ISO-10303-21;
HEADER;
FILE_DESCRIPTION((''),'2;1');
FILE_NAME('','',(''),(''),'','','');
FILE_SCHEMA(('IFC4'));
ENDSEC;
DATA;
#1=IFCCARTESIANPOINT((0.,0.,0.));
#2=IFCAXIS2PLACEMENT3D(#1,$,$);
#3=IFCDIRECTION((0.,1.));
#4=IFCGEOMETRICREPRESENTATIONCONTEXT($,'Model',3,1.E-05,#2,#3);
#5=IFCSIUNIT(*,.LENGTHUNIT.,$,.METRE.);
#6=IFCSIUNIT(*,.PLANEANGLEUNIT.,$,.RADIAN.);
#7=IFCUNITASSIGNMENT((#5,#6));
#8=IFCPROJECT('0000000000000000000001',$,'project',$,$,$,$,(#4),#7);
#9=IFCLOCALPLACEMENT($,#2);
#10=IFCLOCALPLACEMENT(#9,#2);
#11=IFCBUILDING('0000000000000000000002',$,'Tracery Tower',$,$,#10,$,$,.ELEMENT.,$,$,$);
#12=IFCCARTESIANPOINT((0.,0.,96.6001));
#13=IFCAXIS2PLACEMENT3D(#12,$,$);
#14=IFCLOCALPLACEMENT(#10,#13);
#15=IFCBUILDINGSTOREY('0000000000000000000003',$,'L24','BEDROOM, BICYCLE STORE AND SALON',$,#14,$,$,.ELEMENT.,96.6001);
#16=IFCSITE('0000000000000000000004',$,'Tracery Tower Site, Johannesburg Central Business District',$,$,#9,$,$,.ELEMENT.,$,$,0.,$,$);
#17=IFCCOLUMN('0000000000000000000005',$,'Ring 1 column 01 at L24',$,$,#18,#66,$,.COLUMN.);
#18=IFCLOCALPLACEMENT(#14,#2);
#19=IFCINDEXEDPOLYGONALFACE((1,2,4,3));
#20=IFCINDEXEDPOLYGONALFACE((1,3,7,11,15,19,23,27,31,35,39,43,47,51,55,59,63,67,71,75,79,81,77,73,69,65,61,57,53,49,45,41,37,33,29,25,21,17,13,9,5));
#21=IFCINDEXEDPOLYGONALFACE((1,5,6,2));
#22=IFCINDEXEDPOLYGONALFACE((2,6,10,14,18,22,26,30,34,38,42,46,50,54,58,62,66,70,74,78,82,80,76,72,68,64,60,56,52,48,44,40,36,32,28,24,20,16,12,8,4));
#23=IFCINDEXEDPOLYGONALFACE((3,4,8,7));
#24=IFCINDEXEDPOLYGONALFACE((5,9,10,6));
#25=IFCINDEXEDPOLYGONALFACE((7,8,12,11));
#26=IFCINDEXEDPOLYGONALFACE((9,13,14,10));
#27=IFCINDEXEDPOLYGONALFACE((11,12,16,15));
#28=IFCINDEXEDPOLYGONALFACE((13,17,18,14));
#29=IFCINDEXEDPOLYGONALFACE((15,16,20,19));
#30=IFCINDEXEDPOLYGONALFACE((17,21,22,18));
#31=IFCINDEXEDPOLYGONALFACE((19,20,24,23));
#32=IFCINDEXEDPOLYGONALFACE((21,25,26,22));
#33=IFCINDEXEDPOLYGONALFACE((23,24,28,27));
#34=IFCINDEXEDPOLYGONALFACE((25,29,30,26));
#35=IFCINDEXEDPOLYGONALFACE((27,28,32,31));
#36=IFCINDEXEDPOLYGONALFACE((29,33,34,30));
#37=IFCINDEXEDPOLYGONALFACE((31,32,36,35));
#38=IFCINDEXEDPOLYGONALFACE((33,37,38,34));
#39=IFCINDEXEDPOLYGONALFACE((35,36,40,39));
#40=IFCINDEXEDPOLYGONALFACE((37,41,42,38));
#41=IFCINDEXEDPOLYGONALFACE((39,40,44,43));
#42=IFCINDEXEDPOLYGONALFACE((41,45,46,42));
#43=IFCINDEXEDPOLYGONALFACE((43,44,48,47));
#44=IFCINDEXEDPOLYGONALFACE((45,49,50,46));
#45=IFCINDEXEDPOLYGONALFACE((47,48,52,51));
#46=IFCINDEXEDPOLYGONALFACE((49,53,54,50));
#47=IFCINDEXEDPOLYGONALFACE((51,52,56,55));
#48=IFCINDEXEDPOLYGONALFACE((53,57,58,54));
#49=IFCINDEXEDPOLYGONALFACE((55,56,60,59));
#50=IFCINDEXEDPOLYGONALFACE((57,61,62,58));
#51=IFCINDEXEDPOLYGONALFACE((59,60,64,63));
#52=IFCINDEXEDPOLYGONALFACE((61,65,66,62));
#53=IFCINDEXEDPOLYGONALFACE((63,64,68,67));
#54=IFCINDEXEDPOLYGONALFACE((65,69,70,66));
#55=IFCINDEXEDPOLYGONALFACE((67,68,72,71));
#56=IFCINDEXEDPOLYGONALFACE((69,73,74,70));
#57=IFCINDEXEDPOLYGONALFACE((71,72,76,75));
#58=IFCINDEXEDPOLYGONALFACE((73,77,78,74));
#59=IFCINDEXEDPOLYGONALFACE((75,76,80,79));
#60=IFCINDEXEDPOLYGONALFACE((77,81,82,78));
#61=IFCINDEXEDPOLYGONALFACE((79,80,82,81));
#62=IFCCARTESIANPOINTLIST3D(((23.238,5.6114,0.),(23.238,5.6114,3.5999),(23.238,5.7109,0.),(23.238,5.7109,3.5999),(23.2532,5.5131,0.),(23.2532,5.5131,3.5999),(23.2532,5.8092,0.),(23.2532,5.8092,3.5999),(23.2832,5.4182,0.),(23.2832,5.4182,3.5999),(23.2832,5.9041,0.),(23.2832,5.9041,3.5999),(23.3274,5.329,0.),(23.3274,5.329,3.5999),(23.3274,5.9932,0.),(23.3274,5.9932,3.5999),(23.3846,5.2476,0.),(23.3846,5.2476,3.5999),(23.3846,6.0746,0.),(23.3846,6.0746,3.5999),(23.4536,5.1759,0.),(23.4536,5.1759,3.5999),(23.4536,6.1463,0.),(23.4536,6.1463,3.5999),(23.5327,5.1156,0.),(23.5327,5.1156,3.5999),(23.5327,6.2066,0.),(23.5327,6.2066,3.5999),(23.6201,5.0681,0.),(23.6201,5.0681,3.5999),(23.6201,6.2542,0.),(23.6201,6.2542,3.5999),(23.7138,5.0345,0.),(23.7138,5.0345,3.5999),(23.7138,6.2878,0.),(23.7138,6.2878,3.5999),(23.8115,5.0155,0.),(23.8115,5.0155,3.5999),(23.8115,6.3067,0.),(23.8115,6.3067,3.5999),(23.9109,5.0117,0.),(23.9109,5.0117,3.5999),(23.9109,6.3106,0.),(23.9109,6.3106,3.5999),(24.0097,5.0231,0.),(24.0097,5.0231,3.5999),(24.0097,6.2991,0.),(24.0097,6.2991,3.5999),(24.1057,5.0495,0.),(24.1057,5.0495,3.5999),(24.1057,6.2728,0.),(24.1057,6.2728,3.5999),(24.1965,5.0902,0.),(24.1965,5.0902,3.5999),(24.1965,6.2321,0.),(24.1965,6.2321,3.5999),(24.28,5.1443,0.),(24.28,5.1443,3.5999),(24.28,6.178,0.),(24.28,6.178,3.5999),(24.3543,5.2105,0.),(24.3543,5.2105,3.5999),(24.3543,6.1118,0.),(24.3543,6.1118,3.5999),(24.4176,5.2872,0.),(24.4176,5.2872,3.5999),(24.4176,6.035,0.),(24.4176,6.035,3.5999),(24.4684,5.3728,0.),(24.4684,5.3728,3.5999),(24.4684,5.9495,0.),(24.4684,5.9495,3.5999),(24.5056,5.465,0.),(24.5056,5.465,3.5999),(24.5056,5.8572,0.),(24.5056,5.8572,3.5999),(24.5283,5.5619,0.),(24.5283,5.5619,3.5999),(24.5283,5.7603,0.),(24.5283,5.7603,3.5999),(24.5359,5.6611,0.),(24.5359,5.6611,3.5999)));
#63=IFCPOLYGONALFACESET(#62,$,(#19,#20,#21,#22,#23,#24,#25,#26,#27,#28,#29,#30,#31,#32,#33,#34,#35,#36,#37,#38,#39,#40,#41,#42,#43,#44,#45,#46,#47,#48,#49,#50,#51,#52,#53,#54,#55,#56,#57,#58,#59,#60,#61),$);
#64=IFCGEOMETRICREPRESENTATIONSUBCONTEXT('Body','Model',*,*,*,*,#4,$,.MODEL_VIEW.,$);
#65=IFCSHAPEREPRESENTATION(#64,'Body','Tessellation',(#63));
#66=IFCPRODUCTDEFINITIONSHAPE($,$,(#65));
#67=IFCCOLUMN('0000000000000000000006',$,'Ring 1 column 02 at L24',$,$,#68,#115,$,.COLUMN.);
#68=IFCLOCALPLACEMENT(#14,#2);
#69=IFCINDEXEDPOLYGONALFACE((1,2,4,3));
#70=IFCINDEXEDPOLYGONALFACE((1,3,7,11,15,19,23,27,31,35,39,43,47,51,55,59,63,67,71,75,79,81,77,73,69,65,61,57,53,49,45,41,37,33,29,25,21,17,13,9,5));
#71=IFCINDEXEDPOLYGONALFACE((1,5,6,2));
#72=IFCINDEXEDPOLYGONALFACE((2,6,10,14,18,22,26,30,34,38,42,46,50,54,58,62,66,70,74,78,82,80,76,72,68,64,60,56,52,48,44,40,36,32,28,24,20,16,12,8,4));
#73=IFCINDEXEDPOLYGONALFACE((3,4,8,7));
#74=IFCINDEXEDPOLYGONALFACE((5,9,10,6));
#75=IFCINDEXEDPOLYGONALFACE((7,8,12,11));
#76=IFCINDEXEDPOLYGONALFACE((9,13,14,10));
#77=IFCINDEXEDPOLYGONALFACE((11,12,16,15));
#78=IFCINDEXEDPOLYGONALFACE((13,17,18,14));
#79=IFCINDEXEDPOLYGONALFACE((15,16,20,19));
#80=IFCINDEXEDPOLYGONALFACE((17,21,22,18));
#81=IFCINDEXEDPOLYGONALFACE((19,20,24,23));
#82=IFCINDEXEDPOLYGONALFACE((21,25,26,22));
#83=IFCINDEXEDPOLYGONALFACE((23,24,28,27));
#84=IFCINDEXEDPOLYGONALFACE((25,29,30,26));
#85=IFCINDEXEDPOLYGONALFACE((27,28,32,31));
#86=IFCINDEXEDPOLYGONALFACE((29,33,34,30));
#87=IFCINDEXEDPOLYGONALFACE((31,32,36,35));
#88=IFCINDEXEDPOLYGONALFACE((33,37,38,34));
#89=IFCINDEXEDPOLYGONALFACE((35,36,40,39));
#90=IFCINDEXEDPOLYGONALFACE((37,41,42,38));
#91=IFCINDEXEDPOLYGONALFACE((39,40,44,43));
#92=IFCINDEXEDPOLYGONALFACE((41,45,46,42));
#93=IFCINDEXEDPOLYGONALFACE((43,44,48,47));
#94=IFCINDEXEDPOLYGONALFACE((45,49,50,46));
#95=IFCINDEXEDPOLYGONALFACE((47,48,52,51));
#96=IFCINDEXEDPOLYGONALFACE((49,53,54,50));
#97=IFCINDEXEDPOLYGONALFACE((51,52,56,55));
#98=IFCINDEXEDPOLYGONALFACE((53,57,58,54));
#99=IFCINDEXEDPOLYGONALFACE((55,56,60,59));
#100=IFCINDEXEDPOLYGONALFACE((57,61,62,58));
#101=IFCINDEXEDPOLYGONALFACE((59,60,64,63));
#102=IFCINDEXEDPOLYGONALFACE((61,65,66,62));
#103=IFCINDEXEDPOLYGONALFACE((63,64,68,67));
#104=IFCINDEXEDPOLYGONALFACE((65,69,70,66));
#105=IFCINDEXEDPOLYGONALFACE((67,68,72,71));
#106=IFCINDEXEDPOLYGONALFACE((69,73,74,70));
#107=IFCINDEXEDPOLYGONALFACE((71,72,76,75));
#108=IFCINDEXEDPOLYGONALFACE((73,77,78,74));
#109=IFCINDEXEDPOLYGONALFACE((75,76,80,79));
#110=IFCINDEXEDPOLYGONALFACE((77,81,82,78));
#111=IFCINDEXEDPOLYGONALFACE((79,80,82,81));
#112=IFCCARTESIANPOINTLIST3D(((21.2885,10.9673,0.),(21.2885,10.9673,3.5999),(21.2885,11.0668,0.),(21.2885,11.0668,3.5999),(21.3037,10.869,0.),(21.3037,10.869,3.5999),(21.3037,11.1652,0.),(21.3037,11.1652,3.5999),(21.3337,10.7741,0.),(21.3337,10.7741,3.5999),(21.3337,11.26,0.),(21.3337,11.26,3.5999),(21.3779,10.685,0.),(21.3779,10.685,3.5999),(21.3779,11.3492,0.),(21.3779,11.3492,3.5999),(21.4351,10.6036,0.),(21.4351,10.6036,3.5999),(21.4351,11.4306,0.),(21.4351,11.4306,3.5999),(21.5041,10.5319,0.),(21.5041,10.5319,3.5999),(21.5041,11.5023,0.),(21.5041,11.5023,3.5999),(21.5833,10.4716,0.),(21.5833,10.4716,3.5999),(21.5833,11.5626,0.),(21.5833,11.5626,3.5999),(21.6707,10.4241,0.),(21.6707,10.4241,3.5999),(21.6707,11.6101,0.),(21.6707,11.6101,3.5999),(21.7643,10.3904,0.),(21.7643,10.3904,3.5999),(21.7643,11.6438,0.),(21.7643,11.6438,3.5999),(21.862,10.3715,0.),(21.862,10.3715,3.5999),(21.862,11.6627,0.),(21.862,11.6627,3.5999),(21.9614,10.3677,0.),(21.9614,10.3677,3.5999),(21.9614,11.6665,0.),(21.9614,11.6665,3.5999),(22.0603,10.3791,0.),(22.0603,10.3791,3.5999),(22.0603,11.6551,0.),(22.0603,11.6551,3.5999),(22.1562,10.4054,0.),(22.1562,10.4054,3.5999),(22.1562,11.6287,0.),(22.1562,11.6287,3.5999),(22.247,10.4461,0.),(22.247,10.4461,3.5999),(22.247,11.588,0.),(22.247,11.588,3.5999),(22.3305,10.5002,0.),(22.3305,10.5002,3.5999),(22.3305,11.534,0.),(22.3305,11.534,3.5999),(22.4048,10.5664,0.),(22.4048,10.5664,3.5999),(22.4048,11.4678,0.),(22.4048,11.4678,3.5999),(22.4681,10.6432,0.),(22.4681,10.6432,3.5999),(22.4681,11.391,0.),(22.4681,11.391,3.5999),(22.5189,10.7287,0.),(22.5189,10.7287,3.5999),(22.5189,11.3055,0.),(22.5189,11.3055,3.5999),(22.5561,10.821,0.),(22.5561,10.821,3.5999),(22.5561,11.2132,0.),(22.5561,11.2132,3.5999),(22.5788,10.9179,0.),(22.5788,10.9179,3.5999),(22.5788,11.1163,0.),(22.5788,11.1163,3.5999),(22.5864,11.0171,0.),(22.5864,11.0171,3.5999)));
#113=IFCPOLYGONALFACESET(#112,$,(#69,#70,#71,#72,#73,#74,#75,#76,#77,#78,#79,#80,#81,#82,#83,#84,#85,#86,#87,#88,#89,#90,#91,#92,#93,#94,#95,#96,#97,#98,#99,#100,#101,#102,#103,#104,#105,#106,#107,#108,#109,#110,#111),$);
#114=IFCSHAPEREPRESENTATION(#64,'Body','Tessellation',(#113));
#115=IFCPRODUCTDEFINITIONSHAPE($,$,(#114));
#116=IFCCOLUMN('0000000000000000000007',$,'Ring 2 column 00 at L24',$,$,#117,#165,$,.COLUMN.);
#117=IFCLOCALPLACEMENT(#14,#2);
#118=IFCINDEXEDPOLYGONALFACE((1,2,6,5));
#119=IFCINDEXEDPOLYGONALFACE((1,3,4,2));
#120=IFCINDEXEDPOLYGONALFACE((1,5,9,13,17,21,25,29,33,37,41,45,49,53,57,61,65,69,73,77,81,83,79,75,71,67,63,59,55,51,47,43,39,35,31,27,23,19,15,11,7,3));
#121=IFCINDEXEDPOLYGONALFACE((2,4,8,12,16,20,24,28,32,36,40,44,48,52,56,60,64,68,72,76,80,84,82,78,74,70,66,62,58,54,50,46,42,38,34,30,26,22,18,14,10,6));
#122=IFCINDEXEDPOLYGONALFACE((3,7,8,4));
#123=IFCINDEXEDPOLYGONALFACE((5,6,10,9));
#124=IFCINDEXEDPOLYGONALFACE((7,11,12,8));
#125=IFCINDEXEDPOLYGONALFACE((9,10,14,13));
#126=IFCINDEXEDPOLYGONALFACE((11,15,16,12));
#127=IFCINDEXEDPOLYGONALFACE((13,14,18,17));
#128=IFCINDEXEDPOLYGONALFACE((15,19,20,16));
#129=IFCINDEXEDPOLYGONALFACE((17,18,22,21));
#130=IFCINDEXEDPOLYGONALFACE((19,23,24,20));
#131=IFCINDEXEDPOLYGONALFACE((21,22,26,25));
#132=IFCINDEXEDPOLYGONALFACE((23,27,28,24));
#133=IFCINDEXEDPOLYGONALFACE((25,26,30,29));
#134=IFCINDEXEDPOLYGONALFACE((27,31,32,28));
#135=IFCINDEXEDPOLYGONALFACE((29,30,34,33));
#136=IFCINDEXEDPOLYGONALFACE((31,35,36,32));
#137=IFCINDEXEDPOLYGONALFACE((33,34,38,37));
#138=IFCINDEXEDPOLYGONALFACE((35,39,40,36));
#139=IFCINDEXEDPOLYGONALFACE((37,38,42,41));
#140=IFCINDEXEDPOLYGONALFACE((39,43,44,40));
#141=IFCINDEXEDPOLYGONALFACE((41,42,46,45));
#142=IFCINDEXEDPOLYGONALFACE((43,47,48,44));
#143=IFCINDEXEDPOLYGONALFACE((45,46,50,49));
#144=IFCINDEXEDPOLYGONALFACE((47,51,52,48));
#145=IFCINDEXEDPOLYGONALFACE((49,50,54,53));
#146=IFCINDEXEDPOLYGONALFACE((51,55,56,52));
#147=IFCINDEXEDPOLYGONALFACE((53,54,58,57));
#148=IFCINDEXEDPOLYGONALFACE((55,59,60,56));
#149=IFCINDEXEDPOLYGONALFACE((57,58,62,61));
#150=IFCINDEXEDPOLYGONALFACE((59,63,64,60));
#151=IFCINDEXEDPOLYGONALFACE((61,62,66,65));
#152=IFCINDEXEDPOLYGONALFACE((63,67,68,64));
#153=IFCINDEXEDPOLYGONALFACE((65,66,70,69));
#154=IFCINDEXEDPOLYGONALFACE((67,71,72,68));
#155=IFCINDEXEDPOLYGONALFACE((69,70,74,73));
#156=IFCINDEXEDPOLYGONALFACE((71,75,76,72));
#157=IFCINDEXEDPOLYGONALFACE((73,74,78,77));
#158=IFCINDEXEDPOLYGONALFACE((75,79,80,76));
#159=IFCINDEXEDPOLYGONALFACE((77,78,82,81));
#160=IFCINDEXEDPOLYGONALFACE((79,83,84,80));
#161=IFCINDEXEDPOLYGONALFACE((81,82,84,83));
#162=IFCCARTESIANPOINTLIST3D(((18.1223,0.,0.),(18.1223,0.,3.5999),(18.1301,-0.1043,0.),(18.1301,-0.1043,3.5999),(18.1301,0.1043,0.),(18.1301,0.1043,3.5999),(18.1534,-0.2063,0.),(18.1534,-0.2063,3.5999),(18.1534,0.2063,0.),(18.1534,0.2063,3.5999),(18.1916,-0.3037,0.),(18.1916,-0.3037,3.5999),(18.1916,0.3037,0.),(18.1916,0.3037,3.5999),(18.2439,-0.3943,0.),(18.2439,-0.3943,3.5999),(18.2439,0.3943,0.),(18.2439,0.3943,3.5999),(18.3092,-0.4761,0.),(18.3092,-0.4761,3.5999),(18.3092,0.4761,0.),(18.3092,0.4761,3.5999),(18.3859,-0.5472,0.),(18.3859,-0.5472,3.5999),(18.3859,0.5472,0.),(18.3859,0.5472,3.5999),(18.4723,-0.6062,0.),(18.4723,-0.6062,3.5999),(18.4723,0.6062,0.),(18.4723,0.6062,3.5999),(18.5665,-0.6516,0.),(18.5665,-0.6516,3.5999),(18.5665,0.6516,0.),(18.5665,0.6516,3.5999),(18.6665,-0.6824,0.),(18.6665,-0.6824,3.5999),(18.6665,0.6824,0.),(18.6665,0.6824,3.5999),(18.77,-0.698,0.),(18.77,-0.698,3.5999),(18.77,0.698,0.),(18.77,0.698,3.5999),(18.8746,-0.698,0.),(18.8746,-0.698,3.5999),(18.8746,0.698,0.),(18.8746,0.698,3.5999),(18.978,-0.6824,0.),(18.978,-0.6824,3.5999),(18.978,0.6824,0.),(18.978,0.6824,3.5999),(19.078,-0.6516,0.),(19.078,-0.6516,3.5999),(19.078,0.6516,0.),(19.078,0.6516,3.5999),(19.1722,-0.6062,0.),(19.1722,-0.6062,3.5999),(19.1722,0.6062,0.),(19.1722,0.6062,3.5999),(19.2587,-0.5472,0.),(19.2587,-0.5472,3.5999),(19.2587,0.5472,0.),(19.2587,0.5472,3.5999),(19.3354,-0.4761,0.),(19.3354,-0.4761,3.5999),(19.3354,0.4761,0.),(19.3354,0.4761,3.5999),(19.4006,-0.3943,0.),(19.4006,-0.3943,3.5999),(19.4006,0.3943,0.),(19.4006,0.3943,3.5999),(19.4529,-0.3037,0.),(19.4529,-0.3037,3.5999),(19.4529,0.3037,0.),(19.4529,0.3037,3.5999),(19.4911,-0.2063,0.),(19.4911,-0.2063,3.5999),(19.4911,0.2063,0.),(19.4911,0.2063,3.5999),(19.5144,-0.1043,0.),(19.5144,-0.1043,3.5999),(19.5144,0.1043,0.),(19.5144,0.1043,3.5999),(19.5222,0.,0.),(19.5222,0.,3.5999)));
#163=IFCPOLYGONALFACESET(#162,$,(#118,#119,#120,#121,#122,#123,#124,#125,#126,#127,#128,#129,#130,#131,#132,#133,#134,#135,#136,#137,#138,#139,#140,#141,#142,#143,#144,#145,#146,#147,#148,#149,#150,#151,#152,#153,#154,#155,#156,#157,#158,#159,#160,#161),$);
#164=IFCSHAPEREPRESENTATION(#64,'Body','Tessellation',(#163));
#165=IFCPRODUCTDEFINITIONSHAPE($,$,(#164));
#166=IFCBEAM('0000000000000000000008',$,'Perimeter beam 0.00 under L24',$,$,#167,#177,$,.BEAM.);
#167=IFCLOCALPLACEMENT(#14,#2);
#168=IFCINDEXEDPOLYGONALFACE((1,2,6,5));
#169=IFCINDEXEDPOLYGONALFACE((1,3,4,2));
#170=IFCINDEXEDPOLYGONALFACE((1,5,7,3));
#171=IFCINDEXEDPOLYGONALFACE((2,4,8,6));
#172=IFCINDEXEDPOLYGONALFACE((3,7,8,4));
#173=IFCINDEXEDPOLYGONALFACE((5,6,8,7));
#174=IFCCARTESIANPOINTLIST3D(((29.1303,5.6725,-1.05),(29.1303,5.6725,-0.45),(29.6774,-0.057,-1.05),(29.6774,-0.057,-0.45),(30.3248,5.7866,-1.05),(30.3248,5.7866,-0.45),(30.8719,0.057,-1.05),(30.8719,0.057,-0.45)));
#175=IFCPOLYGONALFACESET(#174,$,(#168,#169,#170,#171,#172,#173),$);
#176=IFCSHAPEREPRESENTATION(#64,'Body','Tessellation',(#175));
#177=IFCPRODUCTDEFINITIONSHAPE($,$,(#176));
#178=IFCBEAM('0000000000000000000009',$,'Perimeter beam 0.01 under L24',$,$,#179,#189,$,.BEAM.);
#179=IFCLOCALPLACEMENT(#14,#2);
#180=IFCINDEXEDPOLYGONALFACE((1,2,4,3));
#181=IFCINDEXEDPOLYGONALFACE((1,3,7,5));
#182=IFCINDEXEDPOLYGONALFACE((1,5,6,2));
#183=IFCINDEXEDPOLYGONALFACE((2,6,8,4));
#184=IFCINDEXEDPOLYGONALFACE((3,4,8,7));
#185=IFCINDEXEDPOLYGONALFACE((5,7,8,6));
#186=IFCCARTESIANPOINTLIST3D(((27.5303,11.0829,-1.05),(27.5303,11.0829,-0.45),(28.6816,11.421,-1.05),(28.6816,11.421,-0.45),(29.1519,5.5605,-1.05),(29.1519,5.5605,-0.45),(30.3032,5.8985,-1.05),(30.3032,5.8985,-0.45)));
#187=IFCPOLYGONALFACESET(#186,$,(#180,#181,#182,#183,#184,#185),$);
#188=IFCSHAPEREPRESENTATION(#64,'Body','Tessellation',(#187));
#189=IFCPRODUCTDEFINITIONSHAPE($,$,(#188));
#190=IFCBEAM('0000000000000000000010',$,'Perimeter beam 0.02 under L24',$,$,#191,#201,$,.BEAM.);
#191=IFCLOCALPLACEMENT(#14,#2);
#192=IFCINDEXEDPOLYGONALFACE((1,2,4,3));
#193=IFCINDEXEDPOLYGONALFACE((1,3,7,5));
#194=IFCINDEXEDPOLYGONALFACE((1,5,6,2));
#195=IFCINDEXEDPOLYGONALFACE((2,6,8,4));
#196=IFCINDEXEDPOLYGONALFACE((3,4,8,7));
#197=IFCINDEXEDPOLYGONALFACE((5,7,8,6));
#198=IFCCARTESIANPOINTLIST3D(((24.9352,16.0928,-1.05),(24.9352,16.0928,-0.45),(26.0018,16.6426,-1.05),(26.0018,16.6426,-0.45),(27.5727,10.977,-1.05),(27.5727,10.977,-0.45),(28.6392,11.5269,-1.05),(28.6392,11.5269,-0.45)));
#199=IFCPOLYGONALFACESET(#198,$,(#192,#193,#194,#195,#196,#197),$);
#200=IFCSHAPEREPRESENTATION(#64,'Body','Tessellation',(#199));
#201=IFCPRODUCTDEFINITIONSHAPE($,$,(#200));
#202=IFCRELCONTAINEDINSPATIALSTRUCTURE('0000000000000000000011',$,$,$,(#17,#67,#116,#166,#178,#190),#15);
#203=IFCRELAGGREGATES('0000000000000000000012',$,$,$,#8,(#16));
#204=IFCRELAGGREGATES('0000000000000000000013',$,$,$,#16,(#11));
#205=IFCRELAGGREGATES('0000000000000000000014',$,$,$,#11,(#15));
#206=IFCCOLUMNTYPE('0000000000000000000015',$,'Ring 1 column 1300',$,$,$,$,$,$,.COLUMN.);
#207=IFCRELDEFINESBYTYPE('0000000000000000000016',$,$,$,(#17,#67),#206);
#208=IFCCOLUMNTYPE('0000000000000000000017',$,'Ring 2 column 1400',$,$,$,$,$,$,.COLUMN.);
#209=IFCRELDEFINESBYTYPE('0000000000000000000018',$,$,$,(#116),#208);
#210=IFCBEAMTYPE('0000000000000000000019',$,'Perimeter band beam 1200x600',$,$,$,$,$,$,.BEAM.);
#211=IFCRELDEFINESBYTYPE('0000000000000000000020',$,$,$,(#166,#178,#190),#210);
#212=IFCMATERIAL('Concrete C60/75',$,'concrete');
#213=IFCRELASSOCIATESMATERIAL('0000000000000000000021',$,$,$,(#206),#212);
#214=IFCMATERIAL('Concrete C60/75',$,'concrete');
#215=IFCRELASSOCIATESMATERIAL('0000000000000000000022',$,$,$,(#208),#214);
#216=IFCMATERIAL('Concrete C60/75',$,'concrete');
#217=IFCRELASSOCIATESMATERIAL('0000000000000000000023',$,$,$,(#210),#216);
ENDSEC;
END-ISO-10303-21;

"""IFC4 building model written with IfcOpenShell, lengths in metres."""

from ifc_helpers import new_model, si_unit, direction, frame, origin, origin_2d, place, context, subcontext, project, spatial, rectangle, circle, extrude, material, material_profile, profile_set, type_object, element, save


model = new_model("IFC4")

# Units and contexts
model_context = context("Model", 3, precision=1e-05, world=origin(), true_north=direction((0.0, 1.0)))
body_context = subcontext(model_context, "Body", "Model", "MODEL_VIEW")
ifc_project = project(units=[si_unit("LENGTHUNIT", "METRE"), si_unit("PLANEANGLEUNIT", "RADIAN")], contexts=[model_context])

# Site, building, storey
site_placement = place(None, origin())
site = spatial("IfcSite", under=ifc_project, at=site_placement, Name="Tracery Tower Site, Johannesburg Central Business District", CompositionType="ELEMENT", RefElevation=0.0)
building_placement = place(site_placement, origin())
building = spatial("IfcBuilding", under=site, at=building_placement, Name="Tracery Tower", CompositionType="ELEMENT")
storey_placement = place(building_placement, frame((0.0, 0.0, 96.6001)))
storey = spatial("IfcBuildingStorey", under=building, at=storey_placement, Name="L24", Description="BEDROOM, BICYCLE STORE AND SALON", CompositionType="ELEMENT", Elevation=96.6001)

# Columns
ifc_material_1 = material(Name="Concrete C60/75", Category="concrete")
ifc_material_profile_1 = material_profile(ifc_material_1, circle(Radius=0.6499, at=origin_2d()), Name="RC D1300")
ifc_profile_set_1 = profile_set([ifc_material_profile_1], Name="Concrete C60/75")
column_type_1 = type_object("IfcColumnType", Name="Ring 1 column 1300", PredefinedType="COLUMN", material=ifc_profile_set_1)
for number, where, z_axis, x_axis, name in (
    (1, (23.886, 5.6611, 0.0), (0.0, 0.0, 1.0), (1.0, 0.0, 0.0), "Ring 1 column 01 at L24"),
    (2, (21.9365, 11.0171, 0.0), (0.0, 0.0, 1.0), (1.0, 0.0, 0.0), "Ring 1 column 02 at L24"),
):
    element("IfcColumn", number, at=place(storey_placement, frame(where, z_axis=z_axis, x_axis=x_axis)), inside=storey, type_object=column_type_1, Name=name, PredefinedType="COLUMN", context=body_context, shape_type="SweptSolid", body=[
        extrude(circle(Radius=0.6499, at=origin_2d()), origin(), (0.0, 0.0, 1.0), 3.5999),
    ])
ifc_material_2 = material(Name="Concrete C60/75", Category="concrete")
ifc_material_profile_2 = material_profile(ifc_material_2, circle(Radius=0.7, at=origin_2d()), Name="RC D1400")
ifc_profile_set_2 = profile_set([ifc_material_profile_2], Name="Concrete C60/75")
column_type_2 = type_object("IfcColumnType", Name="Ring 2 column 1400", PredefinedType="COLUMN", material=ifc_profile_set_2)
column_placement = place(storey_placement, frame((18.8223, 0.0, 0.0), z_axis=(0.0, 0.0, 1.0), x_axis=(1.0, 0.0, 0.0)))
element("IfcColumn", 3, at=column_placement, inside=storey, type_object=column_type_2, Name="Ring 2 column 00 at L24", PredefinedType="COLUMN", context=body_context, shape_type="SweptSolid", body=[
    extrude(circle(Radius=0.7, at=origin_2d()), origin(), (0.0, 0.0, 1.0), 3.5999),
])

# Beams
ifc_material_3 = material(Name="Concrete C60/75", Category="concrete")
ifc_material_profile_3 = material_profile(ifc_material_3, rectangle(XDim=1.2, YDim=0.6001, at=origin_2d()), Name="RC 1200x600")
ifc_profile_set_3 = profile_set([ifc_material_profile_3], Name="Concrete C60/75")
beam_type = type_object("IfcBeamType", Name="Perimeter band beam 1200x600", PredefinedType="BEAM", material=ifc_profile_set_3)
for number, where, z_axis, x_axis, name in (
    (4, (30.2747, 0.0, -0.75), (-0.095059, 0.995472, 0.0), (-0.995472, -0.095059, 0.0), "Perimeter beam 0.00 under L24"),
    (5, (29.7275, 5.7295, -0.75), (-0.281739, 0.959491, 0.0), (-0.959491, -0.281739, 0.0), "Perimeter beam 0.01 under L24"),
    (6, (28.106, 11.252, -0.75), (-0.458242, 0.888827, 0.0), (-0.888827, -0.458242, 0.0), "Perimeter beam 0.02 under L24"),
):
    element("IfcBeam", number, at=place(storey_placement, frame(where, z_axis=z_axis, x_axis=x_axis)), inside=storey, type_object=beam_type, Name=name, PredefinedType="BEAM", context=body_context, shape_type="SweptSolid", body=[
        extrude(rectangle(XDim=1.2, YDim=0.6001, at=origin_2d()), origin(), (0.0, 0.0, 1.0), 5.7556),
    ])

save(model, "model.ifc")
